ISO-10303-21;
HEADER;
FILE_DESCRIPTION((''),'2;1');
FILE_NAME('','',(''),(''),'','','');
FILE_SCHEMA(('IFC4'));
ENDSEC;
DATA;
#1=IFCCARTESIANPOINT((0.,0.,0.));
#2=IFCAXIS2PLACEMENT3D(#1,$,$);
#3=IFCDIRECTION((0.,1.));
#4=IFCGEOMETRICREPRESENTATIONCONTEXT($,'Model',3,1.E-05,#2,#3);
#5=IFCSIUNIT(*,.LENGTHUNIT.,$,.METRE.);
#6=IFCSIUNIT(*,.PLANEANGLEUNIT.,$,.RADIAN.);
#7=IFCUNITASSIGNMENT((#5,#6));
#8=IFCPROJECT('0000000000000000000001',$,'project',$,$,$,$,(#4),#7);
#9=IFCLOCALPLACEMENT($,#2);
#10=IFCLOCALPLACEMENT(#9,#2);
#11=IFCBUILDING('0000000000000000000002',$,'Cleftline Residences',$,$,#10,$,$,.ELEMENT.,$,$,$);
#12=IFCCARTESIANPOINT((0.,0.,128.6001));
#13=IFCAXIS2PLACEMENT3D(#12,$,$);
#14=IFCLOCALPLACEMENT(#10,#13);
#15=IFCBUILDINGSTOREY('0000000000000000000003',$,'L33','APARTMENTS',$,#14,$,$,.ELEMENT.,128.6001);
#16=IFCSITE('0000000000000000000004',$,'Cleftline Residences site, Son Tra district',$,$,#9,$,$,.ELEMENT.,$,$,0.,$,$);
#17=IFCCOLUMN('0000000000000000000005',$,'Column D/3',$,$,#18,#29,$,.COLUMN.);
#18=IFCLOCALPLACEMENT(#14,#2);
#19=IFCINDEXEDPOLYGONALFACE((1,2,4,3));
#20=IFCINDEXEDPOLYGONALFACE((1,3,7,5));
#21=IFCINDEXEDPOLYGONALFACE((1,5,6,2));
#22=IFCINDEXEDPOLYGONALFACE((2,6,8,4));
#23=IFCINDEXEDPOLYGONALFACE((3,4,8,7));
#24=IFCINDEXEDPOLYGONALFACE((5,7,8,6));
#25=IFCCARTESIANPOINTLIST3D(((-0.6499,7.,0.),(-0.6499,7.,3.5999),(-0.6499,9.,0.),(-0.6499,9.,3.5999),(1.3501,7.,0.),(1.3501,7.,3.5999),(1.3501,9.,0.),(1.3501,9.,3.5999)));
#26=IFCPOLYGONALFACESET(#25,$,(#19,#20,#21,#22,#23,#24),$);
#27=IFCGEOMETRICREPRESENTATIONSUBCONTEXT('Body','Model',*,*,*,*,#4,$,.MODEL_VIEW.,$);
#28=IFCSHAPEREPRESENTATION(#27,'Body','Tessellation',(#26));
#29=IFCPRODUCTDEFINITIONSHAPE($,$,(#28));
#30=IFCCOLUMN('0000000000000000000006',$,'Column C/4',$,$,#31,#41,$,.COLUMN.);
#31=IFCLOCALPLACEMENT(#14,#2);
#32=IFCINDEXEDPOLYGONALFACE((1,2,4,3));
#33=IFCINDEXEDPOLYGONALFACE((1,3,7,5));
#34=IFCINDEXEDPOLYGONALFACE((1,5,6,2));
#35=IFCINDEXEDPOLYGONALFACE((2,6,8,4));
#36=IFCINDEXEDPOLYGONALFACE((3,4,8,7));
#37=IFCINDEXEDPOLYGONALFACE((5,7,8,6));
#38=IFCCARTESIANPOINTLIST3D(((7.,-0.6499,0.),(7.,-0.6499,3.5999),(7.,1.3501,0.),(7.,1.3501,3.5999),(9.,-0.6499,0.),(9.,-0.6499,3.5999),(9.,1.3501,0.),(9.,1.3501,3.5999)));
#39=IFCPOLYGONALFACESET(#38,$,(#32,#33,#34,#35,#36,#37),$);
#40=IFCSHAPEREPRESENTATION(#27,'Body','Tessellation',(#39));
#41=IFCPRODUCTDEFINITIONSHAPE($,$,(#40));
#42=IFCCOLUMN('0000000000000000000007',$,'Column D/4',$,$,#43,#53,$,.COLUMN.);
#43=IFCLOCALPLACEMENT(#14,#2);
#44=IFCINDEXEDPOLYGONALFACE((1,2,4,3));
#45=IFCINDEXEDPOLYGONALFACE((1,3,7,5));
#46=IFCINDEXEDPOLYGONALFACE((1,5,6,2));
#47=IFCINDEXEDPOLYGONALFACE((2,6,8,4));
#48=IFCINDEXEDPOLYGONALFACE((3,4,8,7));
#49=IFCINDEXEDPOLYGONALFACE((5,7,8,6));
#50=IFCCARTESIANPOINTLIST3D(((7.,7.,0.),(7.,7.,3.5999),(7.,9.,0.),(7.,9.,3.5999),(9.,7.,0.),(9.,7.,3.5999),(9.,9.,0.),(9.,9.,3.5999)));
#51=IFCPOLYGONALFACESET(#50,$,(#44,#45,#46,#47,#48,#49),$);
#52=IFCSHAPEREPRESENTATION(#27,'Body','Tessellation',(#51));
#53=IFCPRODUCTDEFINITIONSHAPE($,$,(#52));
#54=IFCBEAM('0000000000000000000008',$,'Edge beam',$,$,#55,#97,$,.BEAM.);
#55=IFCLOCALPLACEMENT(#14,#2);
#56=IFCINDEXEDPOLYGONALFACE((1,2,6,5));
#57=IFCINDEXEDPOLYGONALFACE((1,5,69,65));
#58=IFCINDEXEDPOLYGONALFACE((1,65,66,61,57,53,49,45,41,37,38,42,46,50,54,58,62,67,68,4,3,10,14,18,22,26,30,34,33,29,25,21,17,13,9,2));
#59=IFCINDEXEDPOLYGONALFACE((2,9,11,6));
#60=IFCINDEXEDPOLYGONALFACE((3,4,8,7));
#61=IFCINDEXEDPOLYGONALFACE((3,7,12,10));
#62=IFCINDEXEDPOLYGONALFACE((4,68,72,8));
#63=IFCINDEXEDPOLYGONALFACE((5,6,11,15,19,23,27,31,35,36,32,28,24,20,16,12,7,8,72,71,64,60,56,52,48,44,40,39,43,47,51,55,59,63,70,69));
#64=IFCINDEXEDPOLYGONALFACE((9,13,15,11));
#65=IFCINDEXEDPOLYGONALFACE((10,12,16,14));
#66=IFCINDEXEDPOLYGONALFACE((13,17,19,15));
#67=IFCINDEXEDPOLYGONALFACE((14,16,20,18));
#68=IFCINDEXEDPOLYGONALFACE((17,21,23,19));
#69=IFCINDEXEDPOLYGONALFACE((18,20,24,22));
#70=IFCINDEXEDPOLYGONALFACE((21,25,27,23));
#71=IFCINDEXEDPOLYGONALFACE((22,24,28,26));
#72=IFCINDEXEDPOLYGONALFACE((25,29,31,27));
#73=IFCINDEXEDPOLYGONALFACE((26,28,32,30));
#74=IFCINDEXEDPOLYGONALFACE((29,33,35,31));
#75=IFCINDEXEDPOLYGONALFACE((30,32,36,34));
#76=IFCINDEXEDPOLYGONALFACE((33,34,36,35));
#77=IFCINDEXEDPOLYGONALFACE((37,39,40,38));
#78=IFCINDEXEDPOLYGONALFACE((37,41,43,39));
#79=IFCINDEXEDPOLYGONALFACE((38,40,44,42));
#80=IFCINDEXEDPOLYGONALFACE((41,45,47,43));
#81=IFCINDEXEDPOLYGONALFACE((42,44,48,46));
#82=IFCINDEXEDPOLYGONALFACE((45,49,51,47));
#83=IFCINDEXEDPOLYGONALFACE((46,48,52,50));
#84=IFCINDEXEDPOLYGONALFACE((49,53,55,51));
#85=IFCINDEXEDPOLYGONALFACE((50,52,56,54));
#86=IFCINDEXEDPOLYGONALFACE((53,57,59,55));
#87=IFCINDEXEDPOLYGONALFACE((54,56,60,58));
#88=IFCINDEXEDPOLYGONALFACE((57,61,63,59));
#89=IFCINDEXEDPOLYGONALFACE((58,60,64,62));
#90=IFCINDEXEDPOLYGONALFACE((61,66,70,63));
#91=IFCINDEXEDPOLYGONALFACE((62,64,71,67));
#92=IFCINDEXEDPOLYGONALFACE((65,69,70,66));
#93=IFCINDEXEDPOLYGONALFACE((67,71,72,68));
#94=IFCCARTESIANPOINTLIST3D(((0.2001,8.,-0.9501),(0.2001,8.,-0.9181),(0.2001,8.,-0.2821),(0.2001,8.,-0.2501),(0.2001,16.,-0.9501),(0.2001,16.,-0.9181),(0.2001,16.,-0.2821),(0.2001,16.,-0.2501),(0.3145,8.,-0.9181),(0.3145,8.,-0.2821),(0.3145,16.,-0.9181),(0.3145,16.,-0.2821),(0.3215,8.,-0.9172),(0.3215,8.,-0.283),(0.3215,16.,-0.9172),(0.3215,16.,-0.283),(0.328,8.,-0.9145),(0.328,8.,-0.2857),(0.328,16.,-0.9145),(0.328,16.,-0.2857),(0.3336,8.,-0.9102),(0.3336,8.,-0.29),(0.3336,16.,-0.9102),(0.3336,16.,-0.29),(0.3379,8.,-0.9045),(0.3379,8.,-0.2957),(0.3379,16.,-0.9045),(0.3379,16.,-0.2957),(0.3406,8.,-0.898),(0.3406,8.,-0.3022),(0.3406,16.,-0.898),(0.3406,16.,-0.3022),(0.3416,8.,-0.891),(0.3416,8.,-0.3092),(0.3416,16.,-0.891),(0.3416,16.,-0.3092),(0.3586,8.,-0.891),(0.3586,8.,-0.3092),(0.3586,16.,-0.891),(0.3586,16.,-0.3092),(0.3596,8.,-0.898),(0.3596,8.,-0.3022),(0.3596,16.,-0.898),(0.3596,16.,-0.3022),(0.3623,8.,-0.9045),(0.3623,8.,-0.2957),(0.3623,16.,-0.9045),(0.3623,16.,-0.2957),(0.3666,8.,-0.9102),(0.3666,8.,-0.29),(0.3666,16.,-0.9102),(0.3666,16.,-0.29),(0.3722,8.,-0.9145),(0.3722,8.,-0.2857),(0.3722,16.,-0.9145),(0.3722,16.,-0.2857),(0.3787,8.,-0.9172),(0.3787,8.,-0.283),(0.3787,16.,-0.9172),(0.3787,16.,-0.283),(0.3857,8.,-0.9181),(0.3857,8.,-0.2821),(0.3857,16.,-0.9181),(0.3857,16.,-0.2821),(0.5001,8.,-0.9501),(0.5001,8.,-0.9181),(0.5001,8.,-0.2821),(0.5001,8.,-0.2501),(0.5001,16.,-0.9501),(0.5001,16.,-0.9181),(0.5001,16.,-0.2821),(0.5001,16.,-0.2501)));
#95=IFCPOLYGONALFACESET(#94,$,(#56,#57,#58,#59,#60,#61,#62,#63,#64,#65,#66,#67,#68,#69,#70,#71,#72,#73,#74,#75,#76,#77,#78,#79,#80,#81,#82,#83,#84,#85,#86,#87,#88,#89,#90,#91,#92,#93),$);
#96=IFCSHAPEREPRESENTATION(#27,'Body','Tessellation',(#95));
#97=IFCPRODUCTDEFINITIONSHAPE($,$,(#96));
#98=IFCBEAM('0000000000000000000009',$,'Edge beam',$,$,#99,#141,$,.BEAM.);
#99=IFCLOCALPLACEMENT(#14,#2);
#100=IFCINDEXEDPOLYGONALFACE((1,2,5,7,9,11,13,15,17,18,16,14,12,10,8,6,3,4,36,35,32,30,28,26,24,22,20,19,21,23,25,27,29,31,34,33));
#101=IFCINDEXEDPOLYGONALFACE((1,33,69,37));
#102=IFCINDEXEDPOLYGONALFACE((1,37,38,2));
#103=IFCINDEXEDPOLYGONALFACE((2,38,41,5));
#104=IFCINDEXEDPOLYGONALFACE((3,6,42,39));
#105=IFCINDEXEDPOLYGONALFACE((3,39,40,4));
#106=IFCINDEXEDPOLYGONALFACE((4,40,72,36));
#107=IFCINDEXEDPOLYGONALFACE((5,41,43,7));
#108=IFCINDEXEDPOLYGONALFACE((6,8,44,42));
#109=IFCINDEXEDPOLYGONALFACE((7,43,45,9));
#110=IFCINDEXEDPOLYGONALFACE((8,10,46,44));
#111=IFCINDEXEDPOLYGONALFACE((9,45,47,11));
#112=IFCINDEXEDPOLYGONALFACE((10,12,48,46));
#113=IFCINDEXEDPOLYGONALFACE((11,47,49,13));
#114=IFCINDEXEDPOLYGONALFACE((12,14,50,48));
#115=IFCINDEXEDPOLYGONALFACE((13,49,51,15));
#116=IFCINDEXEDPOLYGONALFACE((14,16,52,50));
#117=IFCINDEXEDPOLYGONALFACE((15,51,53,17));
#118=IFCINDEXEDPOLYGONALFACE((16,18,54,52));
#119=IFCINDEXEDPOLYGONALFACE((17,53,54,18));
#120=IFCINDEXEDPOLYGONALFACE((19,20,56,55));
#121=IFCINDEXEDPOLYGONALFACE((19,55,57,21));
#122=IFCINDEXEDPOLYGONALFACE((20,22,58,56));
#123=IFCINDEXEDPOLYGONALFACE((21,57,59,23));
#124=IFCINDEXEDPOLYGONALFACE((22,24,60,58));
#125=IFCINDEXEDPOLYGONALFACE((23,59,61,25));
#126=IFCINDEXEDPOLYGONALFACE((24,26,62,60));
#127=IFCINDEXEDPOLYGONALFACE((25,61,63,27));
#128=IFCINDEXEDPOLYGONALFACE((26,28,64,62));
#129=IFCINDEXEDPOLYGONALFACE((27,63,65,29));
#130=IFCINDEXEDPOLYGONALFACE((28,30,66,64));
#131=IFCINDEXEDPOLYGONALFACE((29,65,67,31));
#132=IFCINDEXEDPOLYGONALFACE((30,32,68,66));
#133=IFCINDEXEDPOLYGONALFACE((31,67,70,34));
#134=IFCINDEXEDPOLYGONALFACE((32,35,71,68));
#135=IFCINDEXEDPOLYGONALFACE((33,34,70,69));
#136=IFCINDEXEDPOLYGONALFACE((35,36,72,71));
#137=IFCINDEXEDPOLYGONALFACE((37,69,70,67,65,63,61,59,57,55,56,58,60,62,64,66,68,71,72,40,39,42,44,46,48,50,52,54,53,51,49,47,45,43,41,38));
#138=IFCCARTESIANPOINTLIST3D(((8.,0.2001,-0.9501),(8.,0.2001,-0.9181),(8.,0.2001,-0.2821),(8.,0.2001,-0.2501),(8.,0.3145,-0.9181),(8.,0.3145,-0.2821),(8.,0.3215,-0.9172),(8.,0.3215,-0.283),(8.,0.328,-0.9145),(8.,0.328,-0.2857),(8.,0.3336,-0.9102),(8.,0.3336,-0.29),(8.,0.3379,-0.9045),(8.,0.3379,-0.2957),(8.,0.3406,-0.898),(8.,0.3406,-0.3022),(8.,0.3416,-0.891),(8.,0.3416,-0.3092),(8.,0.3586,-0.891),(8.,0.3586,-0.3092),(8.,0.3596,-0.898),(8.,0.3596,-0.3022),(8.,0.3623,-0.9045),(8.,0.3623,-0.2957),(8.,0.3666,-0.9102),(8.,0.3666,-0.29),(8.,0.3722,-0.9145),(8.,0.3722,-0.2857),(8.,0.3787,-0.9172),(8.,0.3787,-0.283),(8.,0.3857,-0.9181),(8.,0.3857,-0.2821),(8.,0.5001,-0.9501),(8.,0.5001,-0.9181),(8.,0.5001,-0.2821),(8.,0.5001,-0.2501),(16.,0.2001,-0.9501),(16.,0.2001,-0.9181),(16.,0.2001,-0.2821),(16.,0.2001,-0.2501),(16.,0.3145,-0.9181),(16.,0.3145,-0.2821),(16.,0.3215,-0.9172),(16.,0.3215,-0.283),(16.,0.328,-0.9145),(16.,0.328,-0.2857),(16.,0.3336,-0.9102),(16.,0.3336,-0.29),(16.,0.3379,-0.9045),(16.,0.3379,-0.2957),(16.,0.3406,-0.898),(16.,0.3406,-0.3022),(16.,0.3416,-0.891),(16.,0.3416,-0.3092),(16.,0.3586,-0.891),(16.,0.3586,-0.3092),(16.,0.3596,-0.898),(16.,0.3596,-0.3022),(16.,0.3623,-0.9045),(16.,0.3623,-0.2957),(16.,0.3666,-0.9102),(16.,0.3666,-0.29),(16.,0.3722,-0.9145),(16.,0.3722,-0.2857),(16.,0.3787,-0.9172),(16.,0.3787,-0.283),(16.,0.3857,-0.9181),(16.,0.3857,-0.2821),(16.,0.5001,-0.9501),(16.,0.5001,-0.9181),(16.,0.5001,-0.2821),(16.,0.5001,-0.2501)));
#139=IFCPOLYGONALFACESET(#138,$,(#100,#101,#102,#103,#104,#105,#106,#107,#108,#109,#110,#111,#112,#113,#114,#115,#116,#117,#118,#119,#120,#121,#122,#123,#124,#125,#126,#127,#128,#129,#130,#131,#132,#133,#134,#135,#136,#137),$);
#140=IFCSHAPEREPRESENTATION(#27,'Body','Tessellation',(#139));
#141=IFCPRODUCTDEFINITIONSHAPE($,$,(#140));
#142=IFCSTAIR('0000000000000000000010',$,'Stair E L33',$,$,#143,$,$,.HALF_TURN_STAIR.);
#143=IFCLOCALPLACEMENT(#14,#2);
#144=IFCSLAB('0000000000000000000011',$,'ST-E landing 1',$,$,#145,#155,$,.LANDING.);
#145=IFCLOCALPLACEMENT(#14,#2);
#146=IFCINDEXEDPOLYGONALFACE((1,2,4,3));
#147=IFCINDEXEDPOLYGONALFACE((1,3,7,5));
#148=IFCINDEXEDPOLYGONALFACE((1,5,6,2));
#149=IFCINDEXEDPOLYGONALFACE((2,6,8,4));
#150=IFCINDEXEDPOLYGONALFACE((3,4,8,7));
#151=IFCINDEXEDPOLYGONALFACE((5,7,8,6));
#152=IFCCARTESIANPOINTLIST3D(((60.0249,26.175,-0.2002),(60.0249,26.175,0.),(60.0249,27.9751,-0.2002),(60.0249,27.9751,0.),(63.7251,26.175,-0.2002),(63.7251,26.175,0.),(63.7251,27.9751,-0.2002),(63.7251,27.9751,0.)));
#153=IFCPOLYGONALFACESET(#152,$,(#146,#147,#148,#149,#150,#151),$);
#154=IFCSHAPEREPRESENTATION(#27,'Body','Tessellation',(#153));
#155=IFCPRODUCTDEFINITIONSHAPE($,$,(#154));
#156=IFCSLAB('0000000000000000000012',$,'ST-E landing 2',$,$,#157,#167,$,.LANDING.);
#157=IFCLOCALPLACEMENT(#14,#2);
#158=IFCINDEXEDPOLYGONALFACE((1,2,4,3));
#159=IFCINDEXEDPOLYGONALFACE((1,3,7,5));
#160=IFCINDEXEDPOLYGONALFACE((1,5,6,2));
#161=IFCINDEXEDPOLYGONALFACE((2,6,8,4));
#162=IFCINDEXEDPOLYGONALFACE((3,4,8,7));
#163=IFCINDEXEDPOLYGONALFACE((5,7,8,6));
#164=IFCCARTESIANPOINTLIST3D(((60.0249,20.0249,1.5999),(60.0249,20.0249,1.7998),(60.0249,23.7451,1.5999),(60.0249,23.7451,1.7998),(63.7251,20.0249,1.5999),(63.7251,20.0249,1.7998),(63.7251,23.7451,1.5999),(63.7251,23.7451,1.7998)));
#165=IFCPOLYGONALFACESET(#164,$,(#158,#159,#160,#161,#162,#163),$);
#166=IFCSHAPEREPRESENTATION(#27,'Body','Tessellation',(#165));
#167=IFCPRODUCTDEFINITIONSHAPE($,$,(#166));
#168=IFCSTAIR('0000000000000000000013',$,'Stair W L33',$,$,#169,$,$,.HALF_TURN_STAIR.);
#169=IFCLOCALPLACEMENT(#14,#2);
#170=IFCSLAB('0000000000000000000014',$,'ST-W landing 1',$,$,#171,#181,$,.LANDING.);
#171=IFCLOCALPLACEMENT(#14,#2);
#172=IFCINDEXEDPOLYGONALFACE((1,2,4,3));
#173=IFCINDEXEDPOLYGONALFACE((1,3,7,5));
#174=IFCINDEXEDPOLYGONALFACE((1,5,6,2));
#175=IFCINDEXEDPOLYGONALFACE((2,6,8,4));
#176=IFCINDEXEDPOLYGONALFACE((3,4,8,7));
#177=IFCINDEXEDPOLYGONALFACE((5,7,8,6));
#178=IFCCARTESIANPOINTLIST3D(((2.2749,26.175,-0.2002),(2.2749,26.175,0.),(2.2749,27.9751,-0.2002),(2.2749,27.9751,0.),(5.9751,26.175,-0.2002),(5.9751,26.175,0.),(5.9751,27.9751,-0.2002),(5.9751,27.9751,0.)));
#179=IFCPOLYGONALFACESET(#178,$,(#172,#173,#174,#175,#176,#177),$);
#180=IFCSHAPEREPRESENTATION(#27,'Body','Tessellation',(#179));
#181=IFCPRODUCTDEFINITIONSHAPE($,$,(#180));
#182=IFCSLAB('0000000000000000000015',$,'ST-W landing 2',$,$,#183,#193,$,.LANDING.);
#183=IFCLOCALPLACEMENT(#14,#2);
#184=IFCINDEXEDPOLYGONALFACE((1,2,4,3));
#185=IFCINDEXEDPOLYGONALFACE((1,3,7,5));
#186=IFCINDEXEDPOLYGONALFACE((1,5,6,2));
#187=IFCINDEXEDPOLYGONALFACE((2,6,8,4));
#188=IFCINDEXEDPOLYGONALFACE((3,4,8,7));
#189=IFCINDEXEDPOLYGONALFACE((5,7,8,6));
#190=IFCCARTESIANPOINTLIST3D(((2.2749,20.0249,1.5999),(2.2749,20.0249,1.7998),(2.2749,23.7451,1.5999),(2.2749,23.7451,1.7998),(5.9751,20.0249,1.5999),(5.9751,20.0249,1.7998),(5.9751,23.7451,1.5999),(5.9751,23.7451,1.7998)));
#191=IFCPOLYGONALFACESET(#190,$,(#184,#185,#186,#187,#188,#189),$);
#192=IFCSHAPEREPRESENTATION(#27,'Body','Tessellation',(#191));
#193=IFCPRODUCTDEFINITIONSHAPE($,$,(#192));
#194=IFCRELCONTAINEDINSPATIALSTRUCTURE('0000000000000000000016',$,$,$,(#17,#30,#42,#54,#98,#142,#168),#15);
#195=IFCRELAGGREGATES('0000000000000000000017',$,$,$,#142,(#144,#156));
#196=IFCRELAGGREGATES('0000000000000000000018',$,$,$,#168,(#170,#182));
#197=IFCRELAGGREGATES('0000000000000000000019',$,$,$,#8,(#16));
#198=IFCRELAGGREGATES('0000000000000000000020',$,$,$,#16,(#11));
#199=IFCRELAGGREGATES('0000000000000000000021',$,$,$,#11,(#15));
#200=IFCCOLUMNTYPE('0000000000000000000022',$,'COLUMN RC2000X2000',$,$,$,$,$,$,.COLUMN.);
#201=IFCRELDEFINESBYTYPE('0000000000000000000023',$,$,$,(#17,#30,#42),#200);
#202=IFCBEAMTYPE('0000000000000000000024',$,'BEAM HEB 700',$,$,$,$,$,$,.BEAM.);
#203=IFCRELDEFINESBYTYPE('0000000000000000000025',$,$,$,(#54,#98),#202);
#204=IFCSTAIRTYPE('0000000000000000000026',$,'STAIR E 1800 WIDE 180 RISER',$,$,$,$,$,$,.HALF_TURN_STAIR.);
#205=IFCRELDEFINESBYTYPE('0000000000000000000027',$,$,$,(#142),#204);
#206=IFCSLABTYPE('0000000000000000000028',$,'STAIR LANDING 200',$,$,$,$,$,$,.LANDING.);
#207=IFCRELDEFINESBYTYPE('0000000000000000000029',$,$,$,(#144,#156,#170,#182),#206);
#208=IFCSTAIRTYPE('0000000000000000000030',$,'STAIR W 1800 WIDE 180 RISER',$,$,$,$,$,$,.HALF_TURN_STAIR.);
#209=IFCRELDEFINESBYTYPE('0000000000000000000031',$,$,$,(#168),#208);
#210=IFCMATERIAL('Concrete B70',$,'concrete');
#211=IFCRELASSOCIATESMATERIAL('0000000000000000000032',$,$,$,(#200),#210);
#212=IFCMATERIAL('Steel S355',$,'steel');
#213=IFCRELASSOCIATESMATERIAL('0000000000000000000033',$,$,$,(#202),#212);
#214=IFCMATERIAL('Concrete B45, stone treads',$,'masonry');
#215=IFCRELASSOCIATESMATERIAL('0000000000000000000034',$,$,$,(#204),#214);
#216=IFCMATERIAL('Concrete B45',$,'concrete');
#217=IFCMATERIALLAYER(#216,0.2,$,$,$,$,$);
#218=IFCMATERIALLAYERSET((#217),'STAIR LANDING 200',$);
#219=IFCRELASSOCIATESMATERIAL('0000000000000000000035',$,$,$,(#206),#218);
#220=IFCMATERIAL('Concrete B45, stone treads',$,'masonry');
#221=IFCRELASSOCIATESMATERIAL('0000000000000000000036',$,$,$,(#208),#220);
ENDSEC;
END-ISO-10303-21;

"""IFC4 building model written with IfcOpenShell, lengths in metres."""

from ifc_helpers import new_model, si_unit, direction, frame, origin, origin_2d, place, context, subcontext, project, spatial, polyline, rectangle, i_section, outline, extrude, material, layer, layer_set, material_profile, profile_set, type_object, element, aggregate, save


model = new_model("IFC4")

# Units and contexts
model_context = context("Model", 3, precision=1e-05, world=origin(), true_north=direction((0.0, 1.0)))
body_context = subcontext(model_context, "Body", "Model", "MODEL_VIEW")
ifc_project = project(units=[si_unit("LENGTHUNIT", "METRE"), si_unit("PLANEANGLEUNIT", "RADIAN")], contexts=[model_context])

# Site, building, storey
site_placement = place(None, origin())
site = spatial("IfcSite", under=ifc_project, at=site_placement, Name="Cleftline Residences site, Son Tra district", CompositionType="ELEMENT", RefElevation=0.0)
building_placement = place(site_placement, origin())
building = spatial("IfcBuilding", under=site, at=building_placement, Name="Cleftline Residences", CompositionType="ELEMENT")
storey_placement = place(building_placement, frame((0.0, 0.0, 128.6001)))
storey = spatial("IfcBuildingStorey", under=building, at=storey_placement, Name="L33", Description="APARTMENTS", CompositionType="ELEMENT", Elevation=128.6001)

# Columns
ifc_material_1 = material(Name="Concrete B70", Category="concrete")
ifc_material_profile_1 = material_profile(ifc_material_1, rectangle(XDim=2.0, YDim=2.0, at=origin_2d()))
ifc_profile_set_1 = profile_set([ifc_material_profile_1], Name="Concrete B70")
column_type = type_object("IfcColumnType", Name="COLUMN RC2000X2000", PredefinedType="COLUMN", material=ifc_profile_set_1)
for number, where, z_axis, x_axis, name in (
    (1, (0.3501, 8.0, 0.0), (0.0, 0.0, 1.0), (1.0, 0.0, 0.0), "Column D/3"),
    (2, (8.0, 0.3501, 0.0), (0.0, 0.0, 1.0), (1.0, 0.0, 0.0), "Column C/4"),
    (3, (8.0, 8.0, 0.0), (0.0, 0.0, 1.0), (1.0, 0.0, 0.0), "Column D/4"),
):
    element("IfcColumn", number, at=place(storey_placement, frame(where, z_axis=z_axis, x_axis=x_axis)), inside=storey, type_object=column_type, Name=name, PredefinedType="COLUMN", context=body_context, shape_type="SweptSolid", body=[
        extrude(rectangle(XDim=2.0, YDim=2.0, at=origin_2d()), origin(), (0.0, 0.0, 1.0), 3.5999),
    ])

# Beams
ifc_material_2 = material(Name="Steel S355", Category="steel")
ifc_material_profile_2 = material_profile(ifc_material_2, i_section(OverallWidth=0.3, OverallDepth=0.7, WebThickness=0.0171, FlangeThickness=0.032, FilletRadius=0.0271, at=origin_2d()))
ifc_profile_set_2 = profile_set([ifc_material_profile_2], Name="Steel S355")
beam_type = type_object("IfcBeamType", Name="BEAM HEB 700", PredefinedType="BEAM", material=ifc_profile_set_2)
for number, where, z_axis, x_axis, name in (
    (4, (0.3501, 8.0, -0.6001), (0.0, 1.0, 0.0), (-1.0, 0.0, 0.0), "Edge beam"),
    (5, (8.0, 0.3501, -0.6001), (1.0, 0.0, 0.0), (0.0, 1.0, 0.0), "Edge beam"),
):
    element("IfcBeam", number, at=place(storey_placement, frame(where, z_axis=z_axis, x_axis=x_axis)), inside=storey, type_object=beam_type, Name=name, PredefinedType="BEAM", context=body_context, shape_type="SweptSolid", body=[
        extrude(i_section(OverallWidth=0.3, OverallDepth=0.7, WebThickness=0.0171, FlangeThickness=0.032, FilletRadius=0.0271, at=origin_2d()), origin(), (0.0, 0.0, 1.0), 8.0),
    ])

# Stairs, slabs
ifc_material_3 = material(Name="Concrete B45, stone treads", Category="masonry")
stair_type_1 = type_object("IfcStairType", Name="STAIR E 1800 WIDE 180 RISER", PredefinedType="HALF_TURN_STAIR", material=ifc_material_3)
stair_1_placement = place(storey_placement, origin())
stair_1 = element("IfcStair", 6, at=stair_1_placement, inside=storey, type_object=stair_type_1, Name="Stair E L33", PredefinedType="HALF_TURN_STAIR")
ifc_material_4 = material(Name="Concrete B45", Category="concrete")
ifc_layer_1 = layer(ifc_material_4, 0.2)
ifc_layer_set_1 = layer_set([ifc_layer_1], Name="STAIR LANDING 200")
slab_type = type_object("IfcSlabType", Name="STAIR LANDING 200", PredefinedType="LANDING", material=ifc_layer_set_1)
slab_1_placement = place(storey_placement, frame((0.0, 0.0, -0.2002)))
slab_1 = element("IfcSlab", 7, at=slab_1_placement, type_object=slab_type, Name="ST-E landing 1", PredefinedType="LANDING", context=body_context, shape_type="SweptSolid", body=[
    extrude(outline(polyline([(60.0249, 26.175), (63.7251, 26.175), (63.7251, 27.9751), (60.0249, 27.9751), (60.0249, 26.175)])), origin(), (0.0, 0.0, 1.0), 0.2002),
])
slab_2_placement = place(storey_placement, frame((0.0, 0.0, 1.5999)))
slab_2 = element("IfcSlab", 8, at=slab_2_placement, type_object=slab_type, Name="ST-E landing 2", PredefinedType="LANDING", context=body_context, shape_type="SweptSolid", body=[
    extrude(outline(polyline([(60.0249, 20.0249), (63.7251, 20.0249), (63.7251, 23.7451), (60.0249, 23.7451), (60.0249, 20.0249)])), origin(), (0.0, 0.0, 1.0), 0.2),
])
aggregate(stair_1, [slab_1, slab_2])
ifc_material_5 = material(Name="Concrete B45, stone treads", Category="masonry")
stair_type_2 = type_object("IfcStairType", Name="STAIR W 1800 WIDE 180 RISER", PredefinedType="HALF_TURN_STAIR", material=ifc_material_5)
stair_2_placement = place(storey_placement, origin())
stair_2 = element("IfcStair", 9, at=stair_2_placement, inside=storey, type_object=stair_type_2, Name="Stair W L33", PredefinedType="HALF_TURN_STAIR")
slab_3_placement = place(storey_placement, frame((0.0, 0.0, -0.2002)))
slab_3 = element("IfcSlab", 10, at=slab_3_placement, type_object=slab_type, Name="ST-W landing 1", PredefinedType="LANDING", context=body_context, shape_type="SweptSolid", body=[
    extrude(outline(polyline([(2.2749, 26.175), (5.9751, 26.175), (5.9751, 27.9751), (2.2749, 27.9751), (2.2749, 26.175)])), origin(), (0.0, 0.0, 1.0), 0.2002),
])
slab_4_placement = place(storey_placement, frame((0.0, 0.0, 1.5999)))
slab_4 = element("IfcSlab", 11, at=slab_4_placement, type_object=slab_type, Name="ST-W landing 2", PredefinedType="LANDING", context=body_context, shape_type="SweptSolid", body=[
    extrude(outline(polyline([(2.2749, 20.0249), (5.9751, 20.0249), (5.9751, 23.7451), (2.2749, 23.7451), (2.2749, 20.0249)])), origin(), (0.0, 0.0, 1.0), 0.2),
])
aggregate(stair_2, [slab_3, slab_4])

save(model, "model.ifc")
